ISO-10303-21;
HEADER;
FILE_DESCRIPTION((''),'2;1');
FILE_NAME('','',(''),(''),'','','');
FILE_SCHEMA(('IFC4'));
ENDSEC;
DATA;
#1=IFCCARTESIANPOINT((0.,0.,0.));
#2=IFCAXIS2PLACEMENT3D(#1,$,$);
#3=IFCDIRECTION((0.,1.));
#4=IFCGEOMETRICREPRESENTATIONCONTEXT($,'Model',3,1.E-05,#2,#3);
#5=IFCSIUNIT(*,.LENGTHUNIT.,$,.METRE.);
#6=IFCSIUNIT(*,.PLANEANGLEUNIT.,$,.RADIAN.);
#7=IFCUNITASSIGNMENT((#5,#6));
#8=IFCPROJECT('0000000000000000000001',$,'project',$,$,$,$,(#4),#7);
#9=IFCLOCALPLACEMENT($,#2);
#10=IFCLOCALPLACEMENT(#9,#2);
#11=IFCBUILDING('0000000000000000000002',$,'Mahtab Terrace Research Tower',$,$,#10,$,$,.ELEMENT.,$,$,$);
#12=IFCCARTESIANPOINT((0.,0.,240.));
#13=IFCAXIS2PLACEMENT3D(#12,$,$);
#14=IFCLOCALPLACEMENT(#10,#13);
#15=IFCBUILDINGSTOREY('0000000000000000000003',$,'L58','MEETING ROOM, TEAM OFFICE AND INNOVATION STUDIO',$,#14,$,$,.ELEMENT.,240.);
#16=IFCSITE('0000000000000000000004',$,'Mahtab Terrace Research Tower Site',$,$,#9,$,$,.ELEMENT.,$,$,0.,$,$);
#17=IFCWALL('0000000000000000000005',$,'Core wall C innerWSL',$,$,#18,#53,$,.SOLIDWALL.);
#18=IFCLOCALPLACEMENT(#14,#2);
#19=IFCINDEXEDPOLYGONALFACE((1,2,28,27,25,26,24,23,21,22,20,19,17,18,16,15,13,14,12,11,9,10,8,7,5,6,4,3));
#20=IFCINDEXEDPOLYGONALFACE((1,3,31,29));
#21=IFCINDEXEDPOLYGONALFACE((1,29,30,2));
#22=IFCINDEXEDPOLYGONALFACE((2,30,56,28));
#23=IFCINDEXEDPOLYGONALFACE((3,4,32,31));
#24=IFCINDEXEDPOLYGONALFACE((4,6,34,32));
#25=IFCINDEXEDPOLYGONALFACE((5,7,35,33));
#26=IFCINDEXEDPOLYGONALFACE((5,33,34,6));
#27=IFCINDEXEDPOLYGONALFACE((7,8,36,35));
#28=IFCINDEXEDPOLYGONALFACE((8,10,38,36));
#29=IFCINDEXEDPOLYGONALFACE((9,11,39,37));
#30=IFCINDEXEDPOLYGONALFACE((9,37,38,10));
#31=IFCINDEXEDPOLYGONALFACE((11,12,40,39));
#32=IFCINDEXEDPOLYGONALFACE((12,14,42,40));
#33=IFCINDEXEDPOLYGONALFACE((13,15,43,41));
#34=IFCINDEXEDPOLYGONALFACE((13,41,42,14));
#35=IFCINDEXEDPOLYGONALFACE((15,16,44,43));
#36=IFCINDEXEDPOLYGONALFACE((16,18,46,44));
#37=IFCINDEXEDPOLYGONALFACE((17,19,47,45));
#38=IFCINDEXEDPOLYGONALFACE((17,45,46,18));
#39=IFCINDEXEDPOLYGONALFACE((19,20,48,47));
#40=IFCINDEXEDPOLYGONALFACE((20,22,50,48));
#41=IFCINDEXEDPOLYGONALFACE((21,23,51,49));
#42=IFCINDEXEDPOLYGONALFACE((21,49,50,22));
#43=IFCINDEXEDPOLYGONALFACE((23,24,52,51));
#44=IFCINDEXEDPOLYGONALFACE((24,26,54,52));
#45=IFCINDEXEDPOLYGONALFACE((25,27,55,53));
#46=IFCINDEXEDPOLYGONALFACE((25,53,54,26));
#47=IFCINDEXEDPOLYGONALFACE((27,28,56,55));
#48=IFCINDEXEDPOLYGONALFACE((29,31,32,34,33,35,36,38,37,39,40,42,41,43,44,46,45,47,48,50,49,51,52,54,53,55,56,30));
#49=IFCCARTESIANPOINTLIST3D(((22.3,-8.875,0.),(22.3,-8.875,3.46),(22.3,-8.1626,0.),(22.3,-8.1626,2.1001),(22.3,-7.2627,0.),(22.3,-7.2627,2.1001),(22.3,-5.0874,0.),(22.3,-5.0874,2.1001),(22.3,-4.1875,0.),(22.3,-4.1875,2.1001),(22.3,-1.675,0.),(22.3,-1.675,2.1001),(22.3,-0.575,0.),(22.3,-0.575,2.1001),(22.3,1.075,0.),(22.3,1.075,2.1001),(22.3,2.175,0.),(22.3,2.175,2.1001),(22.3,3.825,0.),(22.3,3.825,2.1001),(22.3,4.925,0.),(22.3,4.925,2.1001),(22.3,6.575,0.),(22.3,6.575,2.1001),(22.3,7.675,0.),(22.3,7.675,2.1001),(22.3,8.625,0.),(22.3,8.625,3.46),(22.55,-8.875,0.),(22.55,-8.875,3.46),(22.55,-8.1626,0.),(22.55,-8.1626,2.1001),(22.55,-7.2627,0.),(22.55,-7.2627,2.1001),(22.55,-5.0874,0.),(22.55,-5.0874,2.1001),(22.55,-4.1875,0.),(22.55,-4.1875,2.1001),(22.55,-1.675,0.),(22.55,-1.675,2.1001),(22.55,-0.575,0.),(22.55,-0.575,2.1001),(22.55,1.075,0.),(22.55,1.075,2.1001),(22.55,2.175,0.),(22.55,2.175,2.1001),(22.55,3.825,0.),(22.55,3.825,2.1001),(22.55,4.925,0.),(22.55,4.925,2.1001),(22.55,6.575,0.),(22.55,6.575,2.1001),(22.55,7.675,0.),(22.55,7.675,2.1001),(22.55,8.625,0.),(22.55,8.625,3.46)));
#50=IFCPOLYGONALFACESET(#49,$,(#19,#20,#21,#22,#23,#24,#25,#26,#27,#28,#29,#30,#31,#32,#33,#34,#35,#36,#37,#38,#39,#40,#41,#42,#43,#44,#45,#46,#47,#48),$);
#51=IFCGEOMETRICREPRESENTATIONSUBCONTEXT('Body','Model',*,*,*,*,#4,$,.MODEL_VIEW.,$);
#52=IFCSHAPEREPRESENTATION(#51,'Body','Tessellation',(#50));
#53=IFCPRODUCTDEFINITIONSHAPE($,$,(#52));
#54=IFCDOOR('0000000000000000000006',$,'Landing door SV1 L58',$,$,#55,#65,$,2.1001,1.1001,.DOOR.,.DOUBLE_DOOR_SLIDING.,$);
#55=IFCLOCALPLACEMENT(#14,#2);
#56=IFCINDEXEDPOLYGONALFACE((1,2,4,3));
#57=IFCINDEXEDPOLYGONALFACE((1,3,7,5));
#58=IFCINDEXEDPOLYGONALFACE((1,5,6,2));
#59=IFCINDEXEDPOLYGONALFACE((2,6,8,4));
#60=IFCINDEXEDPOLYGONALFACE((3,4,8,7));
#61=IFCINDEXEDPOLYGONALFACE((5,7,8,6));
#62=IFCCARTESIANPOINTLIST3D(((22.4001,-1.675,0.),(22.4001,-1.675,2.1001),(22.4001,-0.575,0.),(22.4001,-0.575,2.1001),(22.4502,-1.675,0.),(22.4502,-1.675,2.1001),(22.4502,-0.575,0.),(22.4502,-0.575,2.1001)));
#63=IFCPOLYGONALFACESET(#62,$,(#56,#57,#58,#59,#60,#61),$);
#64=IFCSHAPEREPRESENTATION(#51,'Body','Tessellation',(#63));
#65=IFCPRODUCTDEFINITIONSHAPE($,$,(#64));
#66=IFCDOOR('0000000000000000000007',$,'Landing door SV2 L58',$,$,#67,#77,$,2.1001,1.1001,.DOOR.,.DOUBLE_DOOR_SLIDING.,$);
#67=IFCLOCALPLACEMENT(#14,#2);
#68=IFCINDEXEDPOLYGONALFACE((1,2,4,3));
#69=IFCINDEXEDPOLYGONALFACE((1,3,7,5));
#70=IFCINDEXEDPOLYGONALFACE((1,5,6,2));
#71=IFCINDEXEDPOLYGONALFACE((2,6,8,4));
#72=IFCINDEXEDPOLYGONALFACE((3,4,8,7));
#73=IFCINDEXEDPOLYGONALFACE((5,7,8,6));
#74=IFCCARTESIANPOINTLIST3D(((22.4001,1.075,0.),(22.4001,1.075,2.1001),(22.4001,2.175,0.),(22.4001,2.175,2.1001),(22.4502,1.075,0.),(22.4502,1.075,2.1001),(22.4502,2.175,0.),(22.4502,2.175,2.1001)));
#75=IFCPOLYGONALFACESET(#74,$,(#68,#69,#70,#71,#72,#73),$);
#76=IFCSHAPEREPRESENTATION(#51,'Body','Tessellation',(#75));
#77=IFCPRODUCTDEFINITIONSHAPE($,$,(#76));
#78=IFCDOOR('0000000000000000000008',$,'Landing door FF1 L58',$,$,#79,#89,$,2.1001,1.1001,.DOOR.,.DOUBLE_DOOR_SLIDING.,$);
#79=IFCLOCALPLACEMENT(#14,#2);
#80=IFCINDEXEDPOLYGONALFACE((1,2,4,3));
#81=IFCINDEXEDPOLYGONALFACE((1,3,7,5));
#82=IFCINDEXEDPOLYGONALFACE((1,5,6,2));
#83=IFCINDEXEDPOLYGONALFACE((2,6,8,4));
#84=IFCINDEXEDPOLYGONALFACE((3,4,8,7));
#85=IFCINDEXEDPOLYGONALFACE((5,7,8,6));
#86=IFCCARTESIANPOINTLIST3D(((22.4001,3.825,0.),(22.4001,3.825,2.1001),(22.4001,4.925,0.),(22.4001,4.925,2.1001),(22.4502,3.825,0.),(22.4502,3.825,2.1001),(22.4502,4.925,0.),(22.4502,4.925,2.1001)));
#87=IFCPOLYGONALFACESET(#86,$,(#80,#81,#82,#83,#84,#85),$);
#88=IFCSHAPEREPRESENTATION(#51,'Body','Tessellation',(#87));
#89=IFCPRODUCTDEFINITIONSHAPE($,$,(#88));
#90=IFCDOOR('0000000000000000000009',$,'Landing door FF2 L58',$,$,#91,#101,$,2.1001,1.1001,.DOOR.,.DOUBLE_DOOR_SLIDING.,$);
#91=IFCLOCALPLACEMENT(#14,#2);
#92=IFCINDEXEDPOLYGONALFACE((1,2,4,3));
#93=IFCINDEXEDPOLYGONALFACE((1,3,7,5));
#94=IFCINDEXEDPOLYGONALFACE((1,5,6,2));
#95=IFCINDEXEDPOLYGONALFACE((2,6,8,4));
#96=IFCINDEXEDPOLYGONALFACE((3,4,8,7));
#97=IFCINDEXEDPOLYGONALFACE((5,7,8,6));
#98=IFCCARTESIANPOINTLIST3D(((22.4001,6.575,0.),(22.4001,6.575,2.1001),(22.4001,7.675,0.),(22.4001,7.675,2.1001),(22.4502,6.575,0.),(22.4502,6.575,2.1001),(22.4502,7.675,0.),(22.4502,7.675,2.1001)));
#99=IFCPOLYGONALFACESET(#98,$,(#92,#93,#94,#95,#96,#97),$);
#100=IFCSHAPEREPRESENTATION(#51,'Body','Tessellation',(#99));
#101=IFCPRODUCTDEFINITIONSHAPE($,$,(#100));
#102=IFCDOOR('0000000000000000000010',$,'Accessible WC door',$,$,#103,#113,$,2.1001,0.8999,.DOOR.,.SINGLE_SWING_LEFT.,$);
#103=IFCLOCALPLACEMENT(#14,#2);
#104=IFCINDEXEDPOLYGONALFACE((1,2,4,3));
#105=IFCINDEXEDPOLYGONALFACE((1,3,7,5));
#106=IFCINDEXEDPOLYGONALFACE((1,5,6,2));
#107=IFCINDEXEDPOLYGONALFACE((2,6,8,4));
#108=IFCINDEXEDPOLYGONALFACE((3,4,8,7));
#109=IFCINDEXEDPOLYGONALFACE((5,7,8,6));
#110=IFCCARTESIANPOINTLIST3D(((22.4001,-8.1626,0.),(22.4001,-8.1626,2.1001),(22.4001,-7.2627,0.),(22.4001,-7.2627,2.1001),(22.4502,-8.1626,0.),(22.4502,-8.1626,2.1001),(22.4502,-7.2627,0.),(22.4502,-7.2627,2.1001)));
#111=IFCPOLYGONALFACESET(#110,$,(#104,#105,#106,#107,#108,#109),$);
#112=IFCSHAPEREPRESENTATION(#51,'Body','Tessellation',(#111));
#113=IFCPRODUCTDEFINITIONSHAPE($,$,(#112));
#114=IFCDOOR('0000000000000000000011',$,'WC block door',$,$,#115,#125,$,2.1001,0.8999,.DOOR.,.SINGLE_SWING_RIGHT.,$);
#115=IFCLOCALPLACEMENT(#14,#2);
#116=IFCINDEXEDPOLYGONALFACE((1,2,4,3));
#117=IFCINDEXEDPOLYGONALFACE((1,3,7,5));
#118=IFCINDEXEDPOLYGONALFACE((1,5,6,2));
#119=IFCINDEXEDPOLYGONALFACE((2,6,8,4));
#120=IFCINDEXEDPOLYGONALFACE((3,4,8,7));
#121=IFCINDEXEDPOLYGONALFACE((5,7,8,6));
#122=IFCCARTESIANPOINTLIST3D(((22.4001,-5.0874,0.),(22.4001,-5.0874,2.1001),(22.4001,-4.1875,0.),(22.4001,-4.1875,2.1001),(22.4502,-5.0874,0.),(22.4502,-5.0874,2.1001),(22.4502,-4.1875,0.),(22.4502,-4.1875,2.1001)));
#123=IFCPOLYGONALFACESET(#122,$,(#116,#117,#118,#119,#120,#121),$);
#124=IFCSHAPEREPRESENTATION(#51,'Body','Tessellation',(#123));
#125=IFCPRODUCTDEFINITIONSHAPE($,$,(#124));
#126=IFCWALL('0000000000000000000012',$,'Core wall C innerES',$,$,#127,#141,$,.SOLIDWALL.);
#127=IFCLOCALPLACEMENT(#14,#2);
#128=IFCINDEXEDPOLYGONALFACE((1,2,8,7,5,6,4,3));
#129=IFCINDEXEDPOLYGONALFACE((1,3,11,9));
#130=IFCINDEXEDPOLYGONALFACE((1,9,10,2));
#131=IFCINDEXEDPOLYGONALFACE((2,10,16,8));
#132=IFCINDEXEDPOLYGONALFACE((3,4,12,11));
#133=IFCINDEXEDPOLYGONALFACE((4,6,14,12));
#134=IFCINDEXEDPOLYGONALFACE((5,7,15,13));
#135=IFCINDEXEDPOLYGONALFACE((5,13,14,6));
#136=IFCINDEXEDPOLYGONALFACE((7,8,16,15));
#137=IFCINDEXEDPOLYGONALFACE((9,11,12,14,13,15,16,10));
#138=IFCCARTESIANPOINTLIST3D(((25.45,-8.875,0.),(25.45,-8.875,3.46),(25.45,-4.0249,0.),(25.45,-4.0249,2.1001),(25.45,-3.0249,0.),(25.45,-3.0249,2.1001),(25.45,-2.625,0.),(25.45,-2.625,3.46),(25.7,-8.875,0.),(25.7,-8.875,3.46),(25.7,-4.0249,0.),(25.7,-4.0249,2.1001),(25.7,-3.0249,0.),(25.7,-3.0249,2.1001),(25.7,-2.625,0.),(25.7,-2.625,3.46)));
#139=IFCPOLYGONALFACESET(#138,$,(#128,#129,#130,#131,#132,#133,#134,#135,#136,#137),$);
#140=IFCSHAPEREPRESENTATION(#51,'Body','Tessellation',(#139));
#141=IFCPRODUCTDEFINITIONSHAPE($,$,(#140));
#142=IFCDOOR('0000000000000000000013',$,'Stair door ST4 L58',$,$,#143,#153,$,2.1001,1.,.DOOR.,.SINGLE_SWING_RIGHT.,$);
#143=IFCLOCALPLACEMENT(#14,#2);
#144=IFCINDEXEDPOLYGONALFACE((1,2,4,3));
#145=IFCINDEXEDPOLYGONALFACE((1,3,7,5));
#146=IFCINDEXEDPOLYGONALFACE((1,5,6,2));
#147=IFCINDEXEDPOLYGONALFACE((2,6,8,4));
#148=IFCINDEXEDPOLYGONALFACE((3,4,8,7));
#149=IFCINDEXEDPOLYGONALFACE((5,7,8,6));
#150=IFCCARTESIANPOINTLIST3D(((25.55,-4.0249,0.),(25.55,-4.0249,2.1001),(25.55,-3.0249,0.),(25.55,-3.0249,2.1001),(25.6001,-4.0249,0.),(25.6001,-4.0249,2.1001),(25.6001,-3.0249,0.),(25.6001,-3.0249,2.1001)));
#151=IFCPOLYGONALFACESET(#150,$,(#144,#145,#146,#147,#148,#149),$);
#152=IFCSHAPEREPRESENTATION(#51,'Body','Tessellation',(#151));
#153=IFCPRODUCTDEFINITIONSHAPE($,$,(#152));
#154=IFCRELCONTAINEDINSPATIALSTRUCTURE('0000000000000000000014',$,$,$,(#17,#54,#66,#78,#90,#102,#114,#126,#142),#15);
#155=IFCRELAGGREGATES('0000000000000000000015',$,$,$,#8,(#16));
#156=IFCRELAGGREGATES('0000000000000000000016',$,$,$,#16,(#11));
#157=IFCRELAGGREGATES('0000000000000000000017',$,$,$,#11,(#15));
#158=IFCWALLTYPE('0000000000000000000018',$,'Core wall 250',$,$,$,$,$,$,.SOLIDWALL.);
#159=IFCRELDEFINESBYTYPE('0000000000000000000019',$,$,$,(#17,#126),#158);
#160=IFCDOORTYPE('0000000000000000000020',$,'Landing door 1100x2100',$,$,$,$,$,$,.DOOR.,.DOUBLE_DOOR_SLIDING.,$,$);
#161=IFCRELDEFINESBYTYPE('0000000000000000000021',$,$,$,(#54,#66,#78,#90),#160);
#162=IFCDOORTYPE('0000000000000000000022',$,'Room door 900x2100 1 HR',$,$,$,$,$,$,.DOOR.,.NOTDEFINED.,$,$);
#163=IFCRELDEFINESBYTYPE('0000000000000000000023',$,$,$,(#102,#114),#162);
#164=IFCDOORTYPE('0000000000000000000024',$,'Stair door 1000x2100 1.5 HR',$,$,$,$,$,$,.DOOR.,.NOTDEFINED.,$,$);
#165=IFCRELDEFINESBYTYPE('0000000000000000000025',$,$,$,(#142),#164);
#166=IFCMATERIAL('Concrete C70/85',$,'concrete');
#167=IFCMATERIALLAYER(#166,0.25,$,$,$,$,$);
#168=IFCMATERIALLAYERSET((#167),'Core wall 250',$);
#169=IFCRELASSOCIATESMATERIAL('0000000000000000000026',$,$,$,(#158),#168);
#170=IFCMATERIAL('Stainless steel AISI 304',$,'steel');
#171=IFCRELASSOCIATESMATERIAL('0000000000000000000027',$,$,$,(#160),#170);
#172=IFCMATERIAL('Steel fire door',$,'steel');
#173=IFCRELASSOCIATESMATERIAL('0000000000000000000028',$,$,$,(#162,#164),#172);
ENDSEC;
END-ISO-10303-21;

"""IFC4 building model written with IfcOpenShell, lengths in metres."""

from ifc_helpers import new_model, si_unit, direction, frame, frame_2d, origin, place, context, subcontext, project, spatial, rectangle, extrude, material, layer, layer_set, type_object, element, fill, save


model = new_model("IFC4")

# Units and contexts
model_context = context("Model", 3, precision=1e-05, world=origin(), true_north=direction((0.0, 1.0)))
body_context = subcontext(model_context, "Body", "Model", "MODEL_VIEW")
ifc_project = project(units=[si_unit("LENGTHUNIT", "METRE"), si_unit("PLANEANGLEUNIT", "RADIAN")], contexts=[model_context])

# Site, building, storey
site_placement = place(None, origin())
site = spatial("IfcSite", under=ifc_project, at=site_placement, Name="Mahtab Terrace Research Tower Site", CompositionType="ELEMENT", RefElevation=0.0)
building_placement = place(site_placement, origin())
building = spatial("IfcBuilding", under=site, at=building_placement, Name="Mahtab Terrace Research Tower", CompositionType="ELEMENT")
storey_placement = place(building_placement, frame((0.0, 0.0, 240.0)))
storey = spatial("IfcBuildingStorey", under=building, at=storey_placement, Name="L58", Description="MEETING ROOM, TEAM OFFICE AND INNOVATION STUDIO", CompositionType="ELEMENT", Elevation=240.0)

# Shared definitions
ifc_material_1 = material(Name="Concrete C70/85", Category="concrete")

# Wall, openings, doors
ifc_layer_1 = layer(ifc_material_1, 0.25)
ifc_layer_set_1 = layer_set([ifc_layer_1], Name="Core wall 250")
wall_type_1 = type_object("IfcWallType", Name="Core wall 250", PredefinedType="SOLIDWALL", material=ifc_layer_set_1)
wall_1_placement = place(storey_placement, frame((22.425, -8.875, 0.0), z_axis=(0.0, 0.0, 1.0), x_axis=(0.0, 1.0, 0.0)))
wall_1 = element("IfcWall", 1, at=wall_1_placement, inside=storey, type_object=wall_type_1, Name="Core wall C innerWSL", PredefinedType="SOLIDWALL", context=body_context, shape_type="SweptSolid", body=[
    extrude(rectangle(XDim=17.5, YDim=0.25, at=frame_2d((8.75, 0.0))), origin(), (0.0, 0.0, 1.0), 3.46),
])
opening_1_placement = place(wall_1_placement, frame((7.2, 0.0, 0.0)))
opening_1 = element("IfcOpeningElement", 2, at=opening_1_placement, cuts=wall_1, PredefinedType="OPENING", context=body_context, shape_type="SweptSolid", body=[
    extrude(rectangle(XDim=1.1001, YDim=2.1001, at=frame_2d((0.55, 1.05))), frame((0.0, 0.135, 0.0), z_axis=(0.0, -1.0, 0.0), x_axis=(1.0, 0.0, 0.0)), (0.0, 0.0, 1.0), 0.27),
])
opening_2_placement = place(wall_1_placement, frame((9.95, 0.0, 0.0)))
opening_2 = element("IfcOpeningElement", 3, at=opening_2_placement, cuts=wall_1, PredefinedType="OPENING", context=body_context, shape_type="SweptSolid", body=[
    extrude(rectangle(XDim=1.1001, YDim=2.1001, at=frame_2d((0.55, 1.05))), frame((0.0, 0.135, 0.0), z_axis=(0.0, -1.0, 0.0), x_axis=(1.0, 0.0, 0.0)), (0.0, 0.0, 1.0), 0.27),
])
opening_3_placement = place(wall_1_placement, frame((12.7, 0.0, 0.0)))
opening_3 = element("IfcOpeningElement", 4, at=opening_3_placement, cuts=wall_1, PredefinedType="OPENING", context=body_context, shape_type="SweptSolid", body=[
    extrude(rectangle(XDim=1.1001, YDim=2.1001, at=frame_2d((0.55, 1.05))), frame((0.0, 0.135, 0.0), z_axis=(0.0, -1.0, 0.0), x_axis=(1.0, 0.0, 0.0)), (0.0, 0.0, 1.0), 0.27),
])
opening_4_placement = place(wall_1_placement, frame((15.45, 0.0, 0.0)))
opening_4 = element("IfcOpeningElement", 5, at=opening_4_placement, cuts=wall_1, PredefinedType="OPENING", context=body_context, shape_type="SweptSolid", body=[
    extrude(rectangle(XDim=1.1001, YDim=2.1001, at=frame_2d((0.55, 1.05))), frame((0.0, 0.135, 0.0), z_axis=(0.0, -1.0, 0.0), x_axis=(1.0, 0.0, 0.0)), (0.0, 0.0, 1.0), 0.27),
])
opening_5_placement = place(wall_1_placement, frame((0.7124, 0.0, 0.0)))
opening_5 = element("IfcOpeningElement", 6, at=opening_5_placement, cuts=wall_1, PredefinedType="OPENING", context=body_context, shape_type="SweptSolid", body=[
    extrude(rectangle(XDim=0.8999, YDim=2.1001, at=frame_2d((0.45, 1.05))), frame((0.0, 0.135, 0.0), z_axis=(0.0, -1.0, 0.0), x_axis=(1.0, 0.0, 0.0)), (0.0, 0.0, 1.0), 0.27),
])
opening_6_placement = place(wall_1_placement, frame((3.7876, 0.0, 0.0)))
opening_6 = element("IfcOpeningElement", 7, at=opening_6_placement, cuts=wall_1, PredefinedType="OPENING", context=body_context, shape_type="SweptSolid", body=[
    extrude(rectangle(XDim=0.8999, YDim=2.1001, at=frame_2d((0.45, 1.05))), frame((0.0, 0.135, 0.0), z_axis=(0.0, -1.0, 0.0), x_axis=(1.0, 0.0, 0.0)), (0.0, 0.0, 1.0), 0.27),
])
ifc_material_2 = material(Name="Stainless steel AISI 304", Category="steel")
door_type_1 = type_object("IfcDoorType", Name="Landing door 1100x2100", OperationType="DOUBLE_DOOR_SLIDING", PredefinedType="DOOR", material=ifc_material_2)
door_1_placement = place(opening_1_placement, origin())
door_1 = element("IfcDoor", 8, at=door_1_placement, inside=storey, type_object=door_type_1, Name="Landing door SV1 L58", OperationType="DOUBLE_DOOR_SLIDING", OverallHeight=2.1001, OverallWidth=1.1001, PredefinedType="DOOR", context=body_context, shape_type="SweptSolid", body=[
    extrude(rectangle(XDim=1.1001, YDim=2.1001, at=frame_2d((0.55, 1.05))), frame((0.0, 0.0249, 0.0), z_axis=(0.0, -1.0, 0.0), x_axis=(1.0, 0.0, 0.0)), (0.0, 0.0, 1.0), 0.05),
])
fill(opening_1, door_1)
door_2_placement = place(opening_2_placement, origin())
door_2 = element("IfcDoor", 9, at=door_2_placement, inside=storey, type_object=door_type_1, Name="Landing door SV2 L58", OperationType="DOUBLE_DOOR_SLIDING", OverallHeight=2.1001, OverallWidth=1.1001, PredefinedType="DOOR", context=body_context, shape_type="SweptSolid", body=[
    extrude(rectangle(XDim=1.1001, YDim=2.1001, at=frame_2d((0.55, 1.05))), frame((0.0, 0.0249, 0.0), z_axis=(0.0, -1.0, 0.0), x_axis=(1.0, 0.0, 0.0)), (0.0, 0.0, 1.0), 0.05),
])
fill(opening_2, door_2)
door_3_placement = place(opening_3_placement, origin())
door_3 = element("IfcDoor", 10, at=door_3_placement, inside=storey, type_object=door_type_1, Name="Landing door FF1 L58", OperationType="DOUBLE_DOOR_SLIDING", OverallHeight=2.1001, OverallWidth=1.1001, PredefinedType="DOOR", context=body_context, shape_type="SweptSolid", body=[
    extrude(rectangle(XDim=1.1001, YDim=2.1001, at=frame_2d((0.55, 1.05))), frame((0.0, 0.0249, 0.0), z_axis=(0.0, -1.0, 0.0), x_axis=(1.0, 0.0, 0.0)), (0.0, 0.0, 1.0), 0.05),
])
fill(opening_3, door_3)
door_4_placement = place(opening_4_placement, origin())
door_4 = element("IfcDoor", 11, at=door_4_placement, inside=storey, type_object=door_type_1, Name="Landing door FF2 L58", OperationType="DOUBLE_DOOR_SLIDING", OverallHeight=2.1001, OverallWidth=1.1001, PredefinedType="DOOR", context=body_context, shape_type="SweptSolid", body=[
    extrude(rectangle(XDim=1.1001, YDim=2.1001, at=frame_2d((0.55, 1.05))), frame((0.0, 0.0249, 0.0), z_axis=(0.0, -1.0, 0.0), x_axis=(1.0, 0.0, 0.0)), (0.0, 0.0, 1.0), 0.05),
])
fill(opening_4, door_4)
ifc_material_3 = material(Name="Steel fire door", Category="steel")
door_type_2 = type_object("IfcDoorType", Name="Room door 900x2100 1 HR", OperationType="NOTDEFINED", PredefinedType="DOOR", material=ifc_material_3)
door_5_placement = place(opening_5_placement, origin())
door_5 = element("IfcDoor", 12, at=door_5_placement, inside=storey, type_object=door_type_2, Name="Accessible WC door", OperationType="SINGLE_SWING_LEFT", OverallHeight=2.1001, OverallWidth=0.8999, PredefinedType="DOOR", context=body_context, shape_type="SweptSolid", body=[
    extrude(rectangle(XDim=0.8999, YDim=2.1001, at=frame_2d((0.45, 1.05))), frame((0.0, 0.0249, 0.0), z_axis=(0.0, -1.0, 0.0), x_axis=(1.0, 0.0, 0.0)), (0.0, 0.0, 1.0), 0.05),
])
fill(opening_5, door_5)
door_6_placement = place(opening_6_placement, origin())
door_6 = element("IfcDoor", 13, at=door_6_placement, inside=storey, type_object=door_type_2, Name="WC block door", OperationType="SINGLE_SWING_RIGHT", OverallHeight=2.1001, OverallWidth=0.8999, PredefinedType="DOOR", context=body_context, shape_type="SweptSolid", body=[
    extrude(rectangle(XDim=0.8999, YDim=2.1001, at=frame_2d((0.45, 1.05))), frame((0.0, 0.0249, 0.0), z_axis=(0.0, -1.0, 0.0), x_axis=(1.0, 0.0, 0.0)), (0.0, 0.0, 1.0), 0.05),
])
fill(opening_6, door_6)

# Wall, opening, door
wall_2_placement = place(storey_placement, frame((25.575, -8.875, 0.0), z_axis=(0.0, 0.0, 1.0), x_axis=(0.0, 1.0, 0.0)))
wall_2 = element("IfcWall", 14, at=wall_2_placement, inside=storey, type_object=wall_type_1, Name="Core wall C innerES", PredefinedType="SOLIDWALL", context=body_context, shape_type="SweptSolid", body=[
    extrude(rectangle(XDim=6.25, YDim=0.25, at=frame_2d((3.125, 0.0))), origin(), (0.0, 0.0, 1.0), 3.46),
])
opening_7_placement = place(wall_2_placement, frame((4.8501, 0.0, 0.0)))
opening_7 = element("IfcOpeningElement", 15, at=opening_7_placement, cuts=wall_2, PredefinedType="OPENING", context=body_context, shape_type="SweptSolid", body=[
    extrude(rectangle(XDim=1.0, YDim=2.1001, at=frame_2d((0.5, 1.05))), frame((0.0, 0.135, 0.0), z_axis=(0.0, -1.0, 0.0), x_axis=(1.0, 0.0, 0.0)), (0.0, 0.0, 1.0), 0.27),
])
door_type_3 = type_object("IfcDoorType", Name="Stair door 1000x2100 1.5 HR", OperationType="NOTDEFINED", PredefinedType="DOOR", material=ifc_material_3)
door_7_placement = place(opening_7_placement, origin())
door_7 = element("IfcDoor", 16, at=door_7_placement, inside=storey, type_object=door_type_3, Name="Stair door ST4 L58", OperationType="SINGLE_SWING_RIGHT", OverallHeight=2.1001, OverallWidth=1.0, PredefinedType="DOOR", context=body_context, shape_type="SweptSolid", body=[
    extrude(rectangle(XDim=1.0, YDim=2.1001, at=frame_2d((0.5, 1.05))), frame((0.0, 0.0249, 0.0), z_axis=(0.0, -1.0, 0.0), x_axis=(1.0, 0.0, 0.0)), (0.0, 0.0, 1.0), 0.05),
])
fill(opening_7, door_7)

save(model, "model.ifc")
